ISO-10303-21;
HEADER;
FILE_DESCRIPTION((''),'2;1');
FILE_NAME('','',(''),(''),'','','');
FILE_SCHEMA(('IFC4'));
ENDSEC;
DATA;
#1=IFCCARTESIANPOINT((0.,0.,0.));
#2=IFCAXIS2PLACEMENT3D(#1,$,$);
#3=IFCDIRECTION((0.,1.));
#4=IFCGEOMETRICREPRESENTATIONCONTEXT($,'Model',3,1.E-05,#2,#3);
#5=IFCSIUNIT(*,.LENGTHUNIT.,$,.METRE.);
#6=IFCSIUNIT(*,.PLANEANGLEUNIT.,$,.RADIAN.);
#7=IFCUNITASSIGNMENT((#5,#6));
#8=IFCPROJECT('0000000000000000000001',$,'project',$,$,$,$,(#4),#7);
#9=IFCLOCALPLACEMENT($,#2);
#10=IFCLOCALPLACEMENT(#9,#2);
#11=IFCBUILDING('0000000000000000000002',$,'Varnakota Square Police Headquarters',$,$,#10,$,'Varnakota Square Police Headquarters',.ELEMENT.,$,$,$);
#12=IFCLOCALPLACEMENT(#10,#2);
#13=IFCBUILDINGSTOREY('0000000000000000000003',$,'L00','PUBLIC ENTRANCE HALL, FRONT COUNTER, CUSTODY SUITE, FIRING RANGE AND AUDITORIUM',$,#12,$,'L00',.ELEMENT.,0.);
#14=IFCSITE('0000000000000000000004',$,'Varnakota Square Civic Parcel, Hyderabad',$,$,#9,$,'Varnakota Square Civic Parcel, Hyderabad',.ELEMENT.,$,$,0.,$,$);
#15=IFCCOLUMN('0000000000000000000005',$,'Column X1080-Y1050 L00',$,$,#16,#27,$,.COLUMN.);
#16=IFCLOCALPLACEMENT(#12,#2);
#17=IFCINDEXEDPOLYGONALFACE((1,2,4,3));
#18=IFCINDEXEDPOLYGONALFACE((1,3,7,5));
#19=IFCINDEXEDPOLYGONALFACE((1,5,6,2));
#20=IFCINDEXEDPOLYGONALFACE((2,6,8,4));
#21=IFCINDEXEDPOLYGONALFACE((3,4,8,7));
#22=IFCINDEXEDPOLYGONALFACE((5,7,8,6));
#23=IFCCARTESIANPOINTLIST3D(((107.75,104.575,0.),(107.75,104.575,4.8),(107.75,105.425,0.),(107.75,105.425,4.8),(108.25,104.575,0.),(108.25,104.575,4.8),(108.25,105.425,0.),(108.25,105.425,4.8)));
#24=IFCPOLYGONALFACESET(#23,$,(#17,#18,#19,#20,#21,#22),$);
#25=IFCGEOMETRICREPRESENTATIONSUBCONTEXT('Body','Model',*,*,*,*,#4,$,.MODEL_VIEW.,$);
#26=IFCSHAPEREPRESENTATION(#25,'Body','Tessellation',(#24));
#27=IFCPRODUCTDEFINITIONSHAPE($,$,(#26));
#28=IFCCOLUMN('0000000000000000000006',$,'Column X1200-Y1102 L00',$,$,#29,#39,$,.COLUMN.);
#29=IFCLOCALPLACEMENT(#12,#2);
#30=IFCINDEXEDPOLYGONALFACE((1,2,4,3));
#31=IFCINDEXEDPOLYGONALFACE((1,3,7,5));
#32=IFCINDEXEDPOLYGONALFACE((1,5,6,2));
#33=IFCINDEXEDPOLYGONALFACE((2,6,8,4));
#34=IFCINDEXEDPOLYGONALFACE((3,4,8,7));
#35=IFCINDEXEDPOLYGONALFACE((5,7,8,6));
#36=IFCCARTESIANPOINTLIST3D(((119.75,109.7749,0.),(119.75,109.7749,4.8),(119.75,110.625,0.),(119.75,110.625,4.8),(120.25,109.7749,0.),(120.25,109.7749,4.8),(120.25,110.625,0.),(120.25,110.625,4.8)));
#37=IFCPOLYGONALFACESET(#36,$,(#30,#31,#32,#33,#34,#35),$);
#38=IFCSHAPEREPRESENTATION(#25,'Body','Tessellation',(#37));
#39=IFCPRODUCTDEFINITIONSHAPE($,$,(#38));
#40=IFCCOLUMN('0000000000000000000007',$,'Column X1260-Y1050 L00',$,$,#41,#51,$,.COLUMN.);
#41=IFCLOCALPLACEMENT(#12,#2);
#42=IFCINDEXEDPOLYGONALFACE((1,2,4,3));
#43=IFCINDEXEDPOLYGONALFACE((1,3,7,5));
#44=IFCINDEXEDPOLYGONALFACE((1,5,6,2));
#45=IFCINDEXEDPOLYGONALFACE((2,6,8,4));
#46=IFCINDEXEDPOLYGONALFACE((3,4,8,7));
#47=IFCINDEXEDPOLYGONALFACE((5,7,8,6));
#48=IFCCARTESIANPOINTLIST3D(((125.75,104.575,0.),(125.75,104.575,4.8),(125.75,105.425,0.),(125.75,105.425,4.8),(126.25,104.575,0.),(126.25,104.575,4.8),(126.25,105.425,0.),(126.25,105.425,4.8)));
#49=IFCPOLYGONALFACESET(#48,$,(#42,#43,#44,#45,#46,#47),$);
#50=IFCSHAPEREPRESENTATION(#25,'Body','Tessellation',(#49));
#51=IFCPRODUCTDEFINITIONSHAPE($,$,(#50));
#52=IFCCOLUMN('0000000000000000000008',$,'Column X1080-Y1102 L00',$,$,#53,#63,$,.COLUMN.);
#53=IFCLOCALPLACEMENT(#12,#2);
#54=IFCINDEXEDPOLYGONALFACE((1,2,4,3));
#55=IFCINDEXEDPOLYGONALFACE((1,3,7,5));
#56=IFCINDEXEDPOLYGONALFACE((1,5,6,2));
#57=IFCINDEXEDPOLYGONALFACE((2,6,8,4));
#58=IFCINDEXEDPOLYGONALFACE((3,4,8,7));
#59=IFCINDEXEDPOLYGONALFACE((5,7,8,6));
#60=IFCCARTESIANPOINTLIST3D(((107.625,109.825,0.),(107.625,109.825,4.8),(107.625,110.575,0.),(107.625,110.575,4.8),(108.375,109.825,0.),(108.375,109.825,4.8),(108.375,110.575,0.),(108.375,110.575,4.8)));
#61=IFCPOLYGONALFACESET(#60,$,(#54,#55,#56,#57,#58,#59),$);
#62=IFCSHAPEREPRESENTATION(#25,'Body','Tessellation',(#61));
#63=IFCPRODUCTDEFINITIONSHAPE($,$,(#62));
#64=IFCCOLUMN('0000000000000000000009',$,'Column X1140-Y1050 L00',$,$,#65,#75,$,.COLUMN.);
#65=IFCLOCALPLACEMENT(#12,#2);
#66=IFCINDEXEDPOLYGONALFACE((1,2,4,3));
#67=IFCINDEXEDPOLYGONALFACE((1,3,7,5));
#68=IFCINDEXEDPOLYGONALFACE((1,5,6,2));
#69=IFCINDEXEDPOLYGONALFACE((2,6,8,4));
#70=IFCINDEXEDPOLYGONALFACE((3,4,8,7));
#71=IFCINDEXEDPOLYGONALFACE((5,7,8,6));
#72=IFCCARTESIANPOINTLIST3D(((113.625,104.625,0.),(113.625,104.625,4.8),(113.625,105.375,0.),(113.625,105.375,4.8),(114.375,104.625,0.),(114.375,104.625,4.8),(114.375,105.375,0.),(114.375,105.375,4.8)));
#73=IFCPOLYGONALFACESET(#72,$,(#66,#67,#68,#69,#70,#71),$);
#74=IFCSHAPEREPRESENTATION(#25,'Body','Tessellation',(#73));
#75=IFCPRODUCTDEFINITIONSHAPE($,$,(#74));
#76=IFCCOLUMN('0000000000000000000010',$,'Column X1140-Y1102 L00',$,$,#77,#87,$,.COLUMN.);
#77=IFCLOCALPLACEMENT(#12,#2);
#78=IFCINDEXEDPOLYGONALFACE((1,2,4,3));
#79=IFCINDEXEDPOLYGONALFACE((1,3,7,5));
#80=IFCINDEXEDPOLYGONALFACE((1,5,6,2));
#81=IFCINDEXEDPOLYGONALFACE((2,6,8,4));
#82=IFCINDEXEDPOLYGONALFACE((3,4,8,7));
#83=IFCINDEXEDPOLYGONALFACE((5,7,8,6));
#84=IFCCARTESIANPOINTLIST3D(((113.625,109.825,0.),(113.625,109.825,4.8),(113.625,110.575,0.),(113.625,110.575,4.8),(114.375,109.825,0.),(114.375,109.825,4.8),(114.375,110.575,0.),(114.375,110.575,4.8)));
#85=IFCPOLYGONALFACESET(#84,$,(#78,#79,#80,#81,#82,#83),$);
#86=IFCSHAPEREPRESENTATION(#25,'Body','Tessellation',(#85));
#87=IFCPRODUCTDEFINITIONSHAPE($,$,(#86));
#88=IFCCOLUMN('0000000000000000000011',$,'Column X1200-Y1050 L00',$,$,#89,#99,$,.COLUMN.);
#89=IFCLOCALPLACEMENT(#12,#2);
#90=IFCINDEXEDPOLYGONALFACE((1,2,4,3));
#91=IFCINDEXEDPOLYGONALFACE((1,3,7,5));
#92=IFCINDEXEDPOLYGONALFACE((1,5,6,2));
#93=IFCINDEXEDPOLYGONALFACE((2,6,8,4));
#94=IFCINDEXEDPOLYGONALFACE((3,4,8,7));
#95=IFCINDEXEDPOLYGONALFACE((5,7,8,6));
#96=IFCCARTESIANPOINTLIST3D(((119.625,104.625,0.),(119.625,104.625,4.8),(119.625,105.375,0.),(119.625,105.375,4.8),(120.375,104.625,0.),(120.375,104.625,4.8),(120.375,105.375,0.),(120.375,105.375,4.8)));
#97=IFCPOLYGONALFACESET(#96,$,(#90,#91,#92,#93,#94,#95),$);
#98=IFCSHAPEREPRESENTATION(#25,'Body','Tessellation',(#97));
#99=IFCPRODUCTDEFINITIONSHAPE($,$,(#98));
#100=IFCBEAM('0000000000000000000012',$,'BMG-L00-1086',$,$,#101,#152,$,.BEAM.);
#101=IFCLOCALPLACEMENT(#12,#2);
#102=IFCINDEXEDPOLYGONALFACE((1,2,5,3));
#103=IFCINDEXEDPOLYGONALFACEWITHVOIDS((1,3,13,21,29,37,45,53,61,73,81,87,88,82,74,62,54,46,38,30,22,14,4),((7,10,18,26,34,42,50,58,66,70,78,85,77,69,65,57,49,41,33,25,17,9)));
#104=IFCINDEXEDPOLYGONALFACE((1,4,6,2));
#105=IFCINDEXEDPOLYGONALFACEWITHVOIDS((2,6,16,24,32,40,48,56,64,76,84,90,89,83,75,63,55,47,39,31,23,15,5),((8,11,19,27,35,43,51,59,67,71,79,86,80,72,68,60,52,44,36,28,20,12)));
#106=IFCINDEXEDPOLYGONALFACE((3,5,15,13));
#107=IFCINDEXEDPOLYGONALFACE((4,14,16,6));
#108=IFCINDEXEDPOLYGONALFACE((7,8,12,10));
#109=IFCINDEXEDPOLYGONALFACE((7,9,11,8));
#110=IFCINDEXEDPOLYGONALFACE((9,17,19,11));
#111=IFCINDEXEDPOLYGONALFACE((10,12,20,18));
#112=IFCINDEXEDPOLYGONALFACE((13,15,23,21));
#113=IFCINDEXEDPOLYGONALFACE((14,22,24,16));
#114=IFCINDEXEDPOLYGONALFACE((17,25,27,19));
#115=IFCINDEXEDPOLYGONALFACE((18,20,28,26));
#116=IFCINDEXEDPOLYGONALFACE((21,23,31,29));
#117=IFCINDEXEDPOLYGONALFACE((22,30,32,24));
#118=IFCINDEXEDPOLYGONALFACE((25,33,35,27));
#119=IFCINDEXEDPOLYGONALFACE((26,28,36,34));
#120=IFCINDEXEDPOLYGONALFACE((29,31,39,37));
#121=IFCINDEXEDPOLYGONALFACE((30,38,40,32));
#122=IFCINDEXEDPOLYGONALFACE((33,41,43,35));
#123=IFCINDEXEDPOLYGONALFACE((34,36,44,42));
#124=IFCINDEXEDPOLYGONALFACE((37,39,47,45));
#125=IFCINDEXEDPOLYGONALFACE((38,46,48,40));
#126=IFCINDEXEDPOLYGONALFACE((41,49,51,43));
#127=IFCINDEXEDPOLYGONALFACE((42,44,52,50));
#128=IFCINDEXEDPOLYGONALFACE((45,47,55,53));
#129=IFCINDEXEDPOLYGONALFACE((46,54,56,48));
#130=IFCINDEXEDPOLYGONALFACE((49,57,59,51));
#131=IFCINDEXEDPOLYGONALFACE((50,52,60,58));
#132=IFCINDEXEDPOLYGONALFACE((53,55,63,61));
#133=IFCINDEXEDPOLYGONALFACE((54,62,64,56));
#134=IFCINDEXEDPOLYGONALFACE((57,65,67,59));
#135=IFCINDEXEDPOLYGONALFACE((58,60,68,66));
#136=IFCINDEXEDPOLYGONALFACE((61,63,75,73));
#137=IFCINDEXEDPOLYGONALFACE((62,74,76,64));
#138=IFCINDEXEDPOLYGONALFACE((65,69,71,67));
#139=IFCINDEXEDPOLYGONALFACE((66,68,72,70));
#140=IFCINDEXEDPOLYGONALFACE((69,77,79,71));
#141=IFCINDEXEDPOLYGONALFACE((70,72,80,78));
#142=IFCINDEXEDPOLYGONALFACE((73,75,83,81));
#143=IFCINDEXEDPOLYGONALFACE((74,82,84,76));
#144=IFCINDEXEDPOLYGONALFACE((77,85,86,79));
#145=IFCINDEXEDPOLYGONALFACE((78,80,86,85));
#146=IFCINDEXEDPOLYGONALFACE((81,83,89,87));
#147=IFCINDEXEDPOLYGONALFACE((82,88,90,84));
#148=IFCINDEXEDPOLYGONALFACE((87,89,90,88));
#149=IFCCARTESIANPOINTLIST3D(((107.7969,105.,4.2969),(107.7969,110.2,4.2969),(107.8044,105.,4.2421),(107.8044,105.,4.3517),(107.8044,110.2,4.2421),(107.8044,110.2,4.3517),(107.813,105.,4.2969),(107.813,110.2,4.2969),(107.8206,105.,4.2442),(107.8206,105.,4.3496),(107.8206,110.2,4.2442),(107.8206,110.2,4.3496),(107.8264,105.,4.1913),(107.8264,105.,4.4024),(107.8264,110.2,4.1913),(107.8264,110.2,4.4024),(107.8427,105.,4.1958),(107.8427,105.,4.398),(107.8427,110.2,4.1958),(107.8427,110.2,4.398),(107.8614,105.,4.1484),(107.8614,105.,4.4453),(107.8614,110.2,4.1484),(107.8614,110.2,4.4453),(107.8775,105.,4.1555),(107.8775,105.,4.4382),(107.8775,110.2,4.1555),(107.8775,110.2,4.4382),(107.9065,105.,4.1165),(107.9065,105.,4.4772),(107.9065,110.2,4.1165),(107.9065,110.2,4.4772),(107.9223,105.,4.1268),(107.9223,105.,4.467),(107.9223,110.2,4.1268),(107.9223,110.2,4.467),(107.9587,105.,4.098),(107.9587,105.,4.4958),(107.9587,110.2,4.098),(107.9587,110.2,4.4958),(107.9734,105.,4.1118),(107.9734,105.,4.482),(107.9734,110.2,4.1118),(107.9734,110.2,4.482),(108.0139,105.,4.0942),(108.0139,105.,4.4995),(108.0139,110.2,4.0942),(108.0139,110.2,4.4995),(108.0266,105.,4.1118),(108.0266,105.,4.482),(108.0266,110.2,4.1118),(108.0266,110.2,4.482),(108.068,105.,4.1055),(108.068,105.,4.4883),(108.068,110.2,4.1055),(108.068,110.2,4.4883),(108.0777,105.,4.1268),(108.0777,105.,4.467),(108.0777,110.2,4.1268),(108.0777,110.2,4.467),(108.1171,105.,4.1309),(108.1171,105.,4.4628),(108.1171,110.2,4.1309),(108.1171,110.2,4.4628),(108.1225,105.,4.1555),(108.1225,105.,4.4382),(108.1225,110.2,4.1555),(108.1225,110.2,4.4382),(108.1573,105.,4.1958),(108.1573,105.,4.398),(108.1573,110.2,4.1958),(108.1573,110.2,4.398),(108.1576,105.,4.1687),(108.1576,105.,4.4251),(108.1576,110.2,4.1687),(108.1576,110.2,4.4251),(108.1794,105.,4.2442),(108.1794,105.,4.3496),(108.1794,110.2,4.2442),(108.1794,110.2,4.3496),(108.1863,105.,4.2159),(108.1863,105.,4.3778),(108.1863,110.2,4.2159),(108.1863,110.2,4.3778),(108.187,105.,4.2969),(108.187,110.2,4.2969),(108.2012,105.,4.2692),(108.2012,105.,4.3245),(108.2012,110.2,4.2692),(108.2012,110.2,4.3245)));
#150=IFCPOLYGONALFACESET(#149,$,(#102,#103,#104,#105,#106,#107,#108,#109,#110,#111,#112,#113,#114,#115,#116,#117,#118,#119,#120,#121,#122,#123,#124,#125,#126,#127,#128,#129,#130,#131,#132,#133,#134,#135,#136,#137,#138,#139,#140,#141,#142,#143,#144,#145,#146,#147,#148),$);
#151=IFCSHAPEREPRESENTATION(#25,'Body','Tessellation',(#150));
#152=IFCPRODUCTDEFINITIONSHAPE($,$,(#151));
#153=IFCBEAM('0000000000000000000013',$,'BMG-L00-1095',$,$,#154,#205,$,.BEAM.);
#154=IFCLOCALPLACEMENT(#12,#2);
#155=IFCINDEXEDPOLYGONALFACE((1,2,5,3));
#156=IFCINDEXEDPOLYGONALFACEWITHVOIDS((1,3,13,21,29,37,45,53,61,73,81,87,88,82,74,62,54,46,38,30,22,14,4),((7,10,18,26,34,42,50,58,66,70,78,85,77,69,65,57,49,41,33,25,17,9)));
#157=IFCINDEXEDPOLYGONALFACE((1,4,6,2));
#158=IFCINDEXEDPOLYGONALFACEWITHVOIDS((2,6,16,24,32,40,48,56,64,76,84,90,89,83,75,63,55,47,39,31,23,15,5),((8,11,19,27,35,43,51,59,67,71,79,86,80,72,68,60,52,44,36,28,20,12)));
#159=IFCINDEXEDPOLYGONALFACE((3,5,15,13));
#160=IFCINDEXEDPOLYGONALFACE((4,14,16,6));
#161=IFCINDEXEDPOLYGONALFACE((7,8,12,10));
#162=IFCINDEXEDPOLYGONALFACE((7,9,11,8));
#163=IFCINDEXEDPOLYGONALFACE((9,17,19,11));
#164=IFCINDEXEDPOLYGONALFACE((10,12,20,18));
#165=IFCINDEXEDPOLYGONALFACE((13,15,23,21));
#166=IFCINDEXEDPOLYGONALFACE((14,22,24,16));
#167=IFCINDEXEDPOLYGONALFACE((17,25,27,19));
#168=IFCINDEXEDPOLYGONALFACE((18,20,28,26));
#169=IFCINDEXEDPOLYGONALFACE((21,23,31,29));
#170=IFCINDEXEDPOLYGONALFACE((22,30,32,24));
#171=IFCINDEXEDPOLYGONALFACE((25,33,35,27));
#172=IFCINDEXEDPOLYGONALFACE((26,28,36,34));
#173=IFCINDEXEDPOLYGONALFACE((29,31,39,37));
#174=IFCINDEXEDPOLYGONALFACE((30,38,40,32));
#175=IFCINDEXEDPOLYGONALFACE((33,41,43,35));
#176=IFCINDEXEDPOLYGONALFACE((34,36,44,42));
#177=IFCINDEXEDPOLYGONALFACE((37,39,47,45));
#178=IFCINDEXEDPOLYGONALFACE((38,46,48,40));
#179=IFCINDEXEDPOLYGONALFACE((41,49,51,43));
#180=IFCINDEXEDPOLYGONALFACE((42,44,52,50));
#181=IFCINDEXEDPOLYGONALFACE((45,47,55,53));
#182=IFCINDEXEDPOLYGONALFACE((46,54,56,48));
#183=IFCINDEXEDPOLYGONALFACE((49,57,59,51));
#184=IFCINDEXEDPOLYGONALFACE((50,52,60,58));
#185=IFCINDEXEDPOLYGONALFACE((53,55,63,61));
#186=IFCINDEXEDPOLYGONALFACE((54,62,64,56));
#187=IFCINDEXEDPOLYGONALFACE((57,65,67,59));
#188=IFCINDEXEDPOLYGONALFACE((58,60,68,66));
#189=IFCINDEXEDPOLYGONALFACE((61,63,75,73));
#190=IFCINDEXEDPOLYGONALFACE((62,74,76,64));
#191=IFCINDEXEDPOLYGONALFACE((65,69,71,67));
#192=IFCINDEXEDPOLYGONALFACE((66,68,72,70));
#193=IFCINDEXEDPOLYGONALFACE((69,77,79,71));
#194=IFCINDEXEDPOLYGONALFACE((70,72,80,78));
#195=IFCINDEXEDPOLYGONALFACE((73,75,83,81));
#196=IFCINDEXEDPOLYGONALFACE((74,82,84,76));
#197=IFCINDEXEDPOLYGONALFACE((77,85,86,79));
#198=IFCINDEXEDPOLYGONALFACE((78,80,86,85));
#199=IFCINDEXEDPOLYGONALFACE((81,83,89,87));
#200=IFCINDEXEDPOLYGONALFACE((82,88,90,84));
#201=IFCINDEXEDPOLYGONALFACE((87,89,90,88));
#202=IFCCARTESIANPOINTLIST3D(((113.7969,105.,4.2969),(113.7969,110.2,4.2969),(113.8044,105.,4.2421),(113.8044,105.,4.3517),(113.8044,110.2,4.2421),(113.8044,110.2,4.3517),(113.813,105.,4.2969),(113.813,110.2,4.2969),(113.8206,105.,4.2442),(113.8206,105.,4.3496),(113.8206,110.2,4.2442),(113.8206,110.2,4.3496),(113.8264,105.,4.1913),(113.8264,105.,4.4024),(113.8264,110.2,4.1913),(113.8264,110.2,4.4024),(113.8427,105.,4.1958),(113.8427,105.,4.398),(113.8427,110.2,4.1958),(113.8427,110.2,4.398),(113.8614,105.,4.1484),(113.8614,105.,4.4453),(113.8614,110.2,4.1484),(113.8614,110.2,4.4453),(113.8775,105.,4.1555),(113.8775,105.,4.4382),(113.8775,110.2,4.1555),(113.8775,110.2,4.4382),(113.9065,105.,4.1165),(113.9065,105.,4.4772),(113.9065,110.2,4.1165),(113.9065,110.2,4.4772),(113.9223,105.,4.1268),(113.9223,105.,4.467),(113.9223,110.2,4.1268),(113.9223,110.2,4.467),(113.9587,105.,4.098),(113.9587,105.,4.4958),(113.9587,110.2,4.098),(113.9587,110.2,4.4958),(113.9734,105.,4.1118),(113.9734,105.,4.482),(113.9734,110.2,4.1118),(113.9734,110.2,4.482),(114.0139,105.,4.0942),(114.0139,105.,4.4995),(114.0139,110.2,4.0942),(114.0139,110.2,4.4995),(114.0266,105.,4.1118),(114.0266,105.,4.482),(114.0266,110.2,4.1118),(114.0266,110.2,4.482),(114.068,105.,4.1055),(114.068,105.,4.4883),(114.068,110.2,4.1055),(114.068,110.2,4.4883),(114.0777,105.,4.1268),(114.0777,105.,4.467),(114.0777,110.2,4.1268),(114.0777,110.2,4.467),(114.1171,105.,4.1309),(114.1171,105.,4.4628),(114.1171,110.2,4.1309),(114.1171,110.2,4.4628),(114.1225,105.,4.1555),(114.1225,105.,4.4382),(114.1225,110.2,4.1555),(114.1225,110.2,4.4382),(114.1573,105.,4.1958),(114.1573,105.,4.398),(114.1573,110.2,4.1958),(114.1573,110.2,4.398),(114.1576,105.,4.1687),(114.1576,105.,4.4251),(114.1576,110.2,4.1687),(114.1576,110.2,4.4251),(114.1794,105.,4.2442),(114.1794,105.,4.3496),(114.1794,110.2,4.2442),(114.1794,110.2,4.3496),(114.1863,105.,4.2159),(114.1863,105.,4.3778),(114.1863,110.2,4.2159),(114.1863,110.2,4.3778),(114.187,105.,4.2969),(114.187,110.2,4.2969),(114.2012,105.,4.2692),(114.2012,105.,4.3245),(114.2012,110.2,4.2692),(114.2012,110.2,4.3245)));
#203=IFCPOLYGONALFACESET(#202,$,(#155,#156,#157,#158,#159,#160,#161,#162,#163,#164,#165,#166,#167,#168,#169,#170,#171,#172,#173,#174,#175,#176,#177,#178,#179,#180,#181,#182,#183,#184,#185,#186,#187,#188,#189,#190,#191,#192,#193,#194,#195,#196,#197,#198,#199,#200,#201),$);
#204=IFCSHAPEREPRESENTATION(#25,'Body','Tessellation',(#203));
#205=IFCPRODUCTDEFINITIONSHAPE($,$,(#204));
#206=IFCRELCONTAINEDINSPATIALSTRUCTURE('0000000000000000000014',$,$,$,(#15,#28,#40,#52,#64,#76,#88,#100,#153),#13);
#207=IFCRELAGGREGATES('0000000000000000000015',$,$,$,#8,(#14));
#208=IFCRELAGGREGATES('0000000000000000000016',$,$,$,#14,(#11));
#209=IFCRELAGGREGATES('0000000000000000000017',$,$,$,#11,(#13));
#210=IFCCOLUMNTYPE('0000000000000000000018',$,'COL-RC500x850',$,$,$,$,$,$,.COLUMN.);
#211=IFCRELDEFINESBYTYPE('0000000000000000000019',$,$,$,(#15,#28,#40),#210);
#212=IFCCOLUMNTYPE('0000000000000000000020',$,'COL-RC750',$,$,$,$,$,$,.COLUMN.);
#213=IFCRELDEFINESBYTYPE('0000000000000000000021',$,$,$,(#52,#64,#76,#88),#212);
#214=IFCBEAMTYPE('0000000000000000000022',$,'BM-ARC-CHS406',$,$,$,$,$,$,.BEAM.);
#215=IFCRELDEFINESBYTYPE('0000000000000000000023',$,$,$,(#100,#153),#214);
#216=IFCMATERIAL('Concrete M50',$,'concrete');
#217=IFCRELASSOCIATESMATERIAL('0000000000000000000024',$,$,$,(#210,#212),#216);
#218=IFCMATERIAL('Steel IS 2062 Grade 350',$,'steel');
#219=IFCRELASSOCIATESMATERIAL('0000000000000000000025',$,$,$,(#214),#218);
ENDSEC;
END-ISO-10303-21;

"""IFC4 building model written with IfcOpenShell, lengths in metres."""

from ifc_helpers import new_model, si_unit, direction, frame, origin, origin_2d, place, context, subcontext, project, spatial, rectangle, hollow_circle, extrude, material, material_profile, profile_set, type_object, element, save


model = new_model("IFC4")

# Units and contexts
model_context = context("Model", 3, precision=1e-05, world=origin(), true_north=direction((0.0, 1.0)))
body_context = subcontext(model_context, "Body", "Model", "MODEL_VIEW")
ifc_project = project(units=[si_unit("LENGTHUNIT", "METRE"), si_unit("PLANEANGLEUNIT", "RADIAN")], contexts=[model_context])

# Site, building, storey
site_placement = place(None, origin())
site = spatial("IfcSite", under=ifc_project, at=site_placement, Name="Varnakota Square Civic Parcel, Hyderabad", LongName="Varnakota Square Civic Parcel, Hyderabad", CompositionType="ELEMENT", RefElevation=0.0)
building_placement = place(site_placement, origin())
building = spatial("IfcBuilding", under=site, at=building_placement, Name="Varnakota Square Police Headquarters", LongName="Varnakota Square Police Headquarters", CompositionType="ELEMENT")
storey_placement = place(building_placement, origin())
storey = spatial("IfcBuildingStorey", under=building, at=storey_placement, Name="L00", Description="PUBLIC ENTRANCE HALL, FRONT COUNTER, CUSTODY SUITE, FIRING RANGE AND AUDITORIUM", LongName="L00", CompositionType="ELEMENT", Elevation=0.0)

# Columns
ifc_material_1 = material(Name="Concrete M50", Category="concrete")
ifc_material_profile_1 = material_profile(ifc_material_1, rectangle(XDim=0.5, YDim=0.8501, at=origin_2d()), Name="RC 500x850")
ifc_profile_set_1 = profile_set([ifc_material_profile_1], Name="Concrete M50")
column_type_1 = type_object("IfcColumnType", Name="COL-RC500x850", PredefinedType="COLUMN", material=ifc_profile_set_1)
for number, where, z_axis, x_axis, name in (
    (1, (108.0, 105.0, 0.0), (0.0, 0.0, 1.0), (1.0, 0.0, 0.0), "Column X1080-Y1050 L00"),
    (2, (120.0, 110.2, 0.0), (0.0, 0.0, 1.0), (1.0, 0.0, 0.0), "Column X1200-Y1102 L00"),
    (3, (126.0, 105.0, 0.0), (0.0, 0.0, 1.0), (1.0, 0.0, 0.0), "Column X1260-Y1050 L00"),
):
    element("IfcColumn", number, at=place(storey_placement, frame(where, z_axis=z_axis, x_axis=x_axis)), inside=storey, type_object=column_type_1, Name=name, PredefinedType="COLUMN", context=body_context, shape_type="SweptSolid", body=[
        extrude(rectangle(XDim=0.5, YDim=0.8501, at=origin_2d()), origin(), (0.0, 0.0, 1.0), 4.8),
    ])
ifc_material_profile_2 = material_profile(ifc_material_1, rectangle(XDim=0.75, YDim=0.75, at=origin_2d()), Name="RC 750x750")
ifc_profile_set_2 = profile_set([ifc_material_profile_2], Name="Concrete M50")
column_type_2 = type_object("IfcColumnType", Name="COL-RC750", PredefinedType="COLUMN", material=ifc_profile_set_2)
for number, where, z_axis, x_axis, name in (
    (4, (108.0, 110.2, 0.0), (0.0, 0.0, 1.0), (1.0, 0.0, 0.0), "Column X1080-Y1102 L00"),
    (5, (114.0, 105.0, 0.0), (0.0, 0.0, 1.0), (1.0, 0.0, 0.0), "Column X1140-Y1050 L00"),
    (6, (114.0, 110.2, 0.0), (0.0, 0.0, 1.0), (1.0, 0.0, 0.0), "Column X1140-Y1102 L00"),
    (7, (120.0, 105.0, 0.0), (0.0, 0.0, 1.0), (1.0, 0.0, 0.0), "Column X1200-Y1050 L00"),
):
    element("IfcColumn", number, at=place(storey_placement, frame(where, z_axis=z_axis, x_axis=x_axis)), inside=storey, type_object=column_type_2, Name=name, PredefinedType="COLUMN", context=body_context, shape_type="SweptSolid", body=[
        extrude(rectangle(XDim=0.75, YDim=0.75, at=origin_2d()), origin(), (0.0, 0.0, 1.0), 4.8),
    ])

# Beams
ifc_material_2 = material(Name="Steel IS 2062 Grade 350", Category="steel")
ifc_material_profile_3 = material_profile(ifc_material_2, hollow_circle(Radius=0.2031, WallThickness=0.0161, at=origin_2d()), Name="CHS 406.4x16.0")
ifc_profile_set_3 = profile_set([ifc_material_profile_3], Name="Steel IS 2062 Grade 350")
beam_type_1 = type_object("IfcBeamType", Name="BM-ARC-CHS406", PredefinedType="BEAM", material=ifc_profile_set_3)
for number, where, z_axis, x_axis, name in (
    (8, (108.0, 105.0, 4.2969), (0.0, 1.0, 0.0), (-1.0, 0.0, 0.0), "BMG-L00-1086"),
    (9, (114.0, 105.0, 4.2969), (0.0, 1.0, 0.0), (-1.0, 0.0, 0.0), "BMG-L00-1095"),
):
    element("IfcBeam", number, at=place(storey_placement, frame(where, z_axis=z_axis, x_axis=x_axis)), inside=storey, type_object=beam_type_1, Name=name, PredefinedType="BEAM", context=body_context, shape_type="SweptSolid", body=[
        extrude(hollow_circle(Radius=0.2031, WallThickness=0.0161, at=origin_2d()), origin(), (0.0, 0.0, 1.0), 5.2),
    ])

save(model, "model.ifc")
